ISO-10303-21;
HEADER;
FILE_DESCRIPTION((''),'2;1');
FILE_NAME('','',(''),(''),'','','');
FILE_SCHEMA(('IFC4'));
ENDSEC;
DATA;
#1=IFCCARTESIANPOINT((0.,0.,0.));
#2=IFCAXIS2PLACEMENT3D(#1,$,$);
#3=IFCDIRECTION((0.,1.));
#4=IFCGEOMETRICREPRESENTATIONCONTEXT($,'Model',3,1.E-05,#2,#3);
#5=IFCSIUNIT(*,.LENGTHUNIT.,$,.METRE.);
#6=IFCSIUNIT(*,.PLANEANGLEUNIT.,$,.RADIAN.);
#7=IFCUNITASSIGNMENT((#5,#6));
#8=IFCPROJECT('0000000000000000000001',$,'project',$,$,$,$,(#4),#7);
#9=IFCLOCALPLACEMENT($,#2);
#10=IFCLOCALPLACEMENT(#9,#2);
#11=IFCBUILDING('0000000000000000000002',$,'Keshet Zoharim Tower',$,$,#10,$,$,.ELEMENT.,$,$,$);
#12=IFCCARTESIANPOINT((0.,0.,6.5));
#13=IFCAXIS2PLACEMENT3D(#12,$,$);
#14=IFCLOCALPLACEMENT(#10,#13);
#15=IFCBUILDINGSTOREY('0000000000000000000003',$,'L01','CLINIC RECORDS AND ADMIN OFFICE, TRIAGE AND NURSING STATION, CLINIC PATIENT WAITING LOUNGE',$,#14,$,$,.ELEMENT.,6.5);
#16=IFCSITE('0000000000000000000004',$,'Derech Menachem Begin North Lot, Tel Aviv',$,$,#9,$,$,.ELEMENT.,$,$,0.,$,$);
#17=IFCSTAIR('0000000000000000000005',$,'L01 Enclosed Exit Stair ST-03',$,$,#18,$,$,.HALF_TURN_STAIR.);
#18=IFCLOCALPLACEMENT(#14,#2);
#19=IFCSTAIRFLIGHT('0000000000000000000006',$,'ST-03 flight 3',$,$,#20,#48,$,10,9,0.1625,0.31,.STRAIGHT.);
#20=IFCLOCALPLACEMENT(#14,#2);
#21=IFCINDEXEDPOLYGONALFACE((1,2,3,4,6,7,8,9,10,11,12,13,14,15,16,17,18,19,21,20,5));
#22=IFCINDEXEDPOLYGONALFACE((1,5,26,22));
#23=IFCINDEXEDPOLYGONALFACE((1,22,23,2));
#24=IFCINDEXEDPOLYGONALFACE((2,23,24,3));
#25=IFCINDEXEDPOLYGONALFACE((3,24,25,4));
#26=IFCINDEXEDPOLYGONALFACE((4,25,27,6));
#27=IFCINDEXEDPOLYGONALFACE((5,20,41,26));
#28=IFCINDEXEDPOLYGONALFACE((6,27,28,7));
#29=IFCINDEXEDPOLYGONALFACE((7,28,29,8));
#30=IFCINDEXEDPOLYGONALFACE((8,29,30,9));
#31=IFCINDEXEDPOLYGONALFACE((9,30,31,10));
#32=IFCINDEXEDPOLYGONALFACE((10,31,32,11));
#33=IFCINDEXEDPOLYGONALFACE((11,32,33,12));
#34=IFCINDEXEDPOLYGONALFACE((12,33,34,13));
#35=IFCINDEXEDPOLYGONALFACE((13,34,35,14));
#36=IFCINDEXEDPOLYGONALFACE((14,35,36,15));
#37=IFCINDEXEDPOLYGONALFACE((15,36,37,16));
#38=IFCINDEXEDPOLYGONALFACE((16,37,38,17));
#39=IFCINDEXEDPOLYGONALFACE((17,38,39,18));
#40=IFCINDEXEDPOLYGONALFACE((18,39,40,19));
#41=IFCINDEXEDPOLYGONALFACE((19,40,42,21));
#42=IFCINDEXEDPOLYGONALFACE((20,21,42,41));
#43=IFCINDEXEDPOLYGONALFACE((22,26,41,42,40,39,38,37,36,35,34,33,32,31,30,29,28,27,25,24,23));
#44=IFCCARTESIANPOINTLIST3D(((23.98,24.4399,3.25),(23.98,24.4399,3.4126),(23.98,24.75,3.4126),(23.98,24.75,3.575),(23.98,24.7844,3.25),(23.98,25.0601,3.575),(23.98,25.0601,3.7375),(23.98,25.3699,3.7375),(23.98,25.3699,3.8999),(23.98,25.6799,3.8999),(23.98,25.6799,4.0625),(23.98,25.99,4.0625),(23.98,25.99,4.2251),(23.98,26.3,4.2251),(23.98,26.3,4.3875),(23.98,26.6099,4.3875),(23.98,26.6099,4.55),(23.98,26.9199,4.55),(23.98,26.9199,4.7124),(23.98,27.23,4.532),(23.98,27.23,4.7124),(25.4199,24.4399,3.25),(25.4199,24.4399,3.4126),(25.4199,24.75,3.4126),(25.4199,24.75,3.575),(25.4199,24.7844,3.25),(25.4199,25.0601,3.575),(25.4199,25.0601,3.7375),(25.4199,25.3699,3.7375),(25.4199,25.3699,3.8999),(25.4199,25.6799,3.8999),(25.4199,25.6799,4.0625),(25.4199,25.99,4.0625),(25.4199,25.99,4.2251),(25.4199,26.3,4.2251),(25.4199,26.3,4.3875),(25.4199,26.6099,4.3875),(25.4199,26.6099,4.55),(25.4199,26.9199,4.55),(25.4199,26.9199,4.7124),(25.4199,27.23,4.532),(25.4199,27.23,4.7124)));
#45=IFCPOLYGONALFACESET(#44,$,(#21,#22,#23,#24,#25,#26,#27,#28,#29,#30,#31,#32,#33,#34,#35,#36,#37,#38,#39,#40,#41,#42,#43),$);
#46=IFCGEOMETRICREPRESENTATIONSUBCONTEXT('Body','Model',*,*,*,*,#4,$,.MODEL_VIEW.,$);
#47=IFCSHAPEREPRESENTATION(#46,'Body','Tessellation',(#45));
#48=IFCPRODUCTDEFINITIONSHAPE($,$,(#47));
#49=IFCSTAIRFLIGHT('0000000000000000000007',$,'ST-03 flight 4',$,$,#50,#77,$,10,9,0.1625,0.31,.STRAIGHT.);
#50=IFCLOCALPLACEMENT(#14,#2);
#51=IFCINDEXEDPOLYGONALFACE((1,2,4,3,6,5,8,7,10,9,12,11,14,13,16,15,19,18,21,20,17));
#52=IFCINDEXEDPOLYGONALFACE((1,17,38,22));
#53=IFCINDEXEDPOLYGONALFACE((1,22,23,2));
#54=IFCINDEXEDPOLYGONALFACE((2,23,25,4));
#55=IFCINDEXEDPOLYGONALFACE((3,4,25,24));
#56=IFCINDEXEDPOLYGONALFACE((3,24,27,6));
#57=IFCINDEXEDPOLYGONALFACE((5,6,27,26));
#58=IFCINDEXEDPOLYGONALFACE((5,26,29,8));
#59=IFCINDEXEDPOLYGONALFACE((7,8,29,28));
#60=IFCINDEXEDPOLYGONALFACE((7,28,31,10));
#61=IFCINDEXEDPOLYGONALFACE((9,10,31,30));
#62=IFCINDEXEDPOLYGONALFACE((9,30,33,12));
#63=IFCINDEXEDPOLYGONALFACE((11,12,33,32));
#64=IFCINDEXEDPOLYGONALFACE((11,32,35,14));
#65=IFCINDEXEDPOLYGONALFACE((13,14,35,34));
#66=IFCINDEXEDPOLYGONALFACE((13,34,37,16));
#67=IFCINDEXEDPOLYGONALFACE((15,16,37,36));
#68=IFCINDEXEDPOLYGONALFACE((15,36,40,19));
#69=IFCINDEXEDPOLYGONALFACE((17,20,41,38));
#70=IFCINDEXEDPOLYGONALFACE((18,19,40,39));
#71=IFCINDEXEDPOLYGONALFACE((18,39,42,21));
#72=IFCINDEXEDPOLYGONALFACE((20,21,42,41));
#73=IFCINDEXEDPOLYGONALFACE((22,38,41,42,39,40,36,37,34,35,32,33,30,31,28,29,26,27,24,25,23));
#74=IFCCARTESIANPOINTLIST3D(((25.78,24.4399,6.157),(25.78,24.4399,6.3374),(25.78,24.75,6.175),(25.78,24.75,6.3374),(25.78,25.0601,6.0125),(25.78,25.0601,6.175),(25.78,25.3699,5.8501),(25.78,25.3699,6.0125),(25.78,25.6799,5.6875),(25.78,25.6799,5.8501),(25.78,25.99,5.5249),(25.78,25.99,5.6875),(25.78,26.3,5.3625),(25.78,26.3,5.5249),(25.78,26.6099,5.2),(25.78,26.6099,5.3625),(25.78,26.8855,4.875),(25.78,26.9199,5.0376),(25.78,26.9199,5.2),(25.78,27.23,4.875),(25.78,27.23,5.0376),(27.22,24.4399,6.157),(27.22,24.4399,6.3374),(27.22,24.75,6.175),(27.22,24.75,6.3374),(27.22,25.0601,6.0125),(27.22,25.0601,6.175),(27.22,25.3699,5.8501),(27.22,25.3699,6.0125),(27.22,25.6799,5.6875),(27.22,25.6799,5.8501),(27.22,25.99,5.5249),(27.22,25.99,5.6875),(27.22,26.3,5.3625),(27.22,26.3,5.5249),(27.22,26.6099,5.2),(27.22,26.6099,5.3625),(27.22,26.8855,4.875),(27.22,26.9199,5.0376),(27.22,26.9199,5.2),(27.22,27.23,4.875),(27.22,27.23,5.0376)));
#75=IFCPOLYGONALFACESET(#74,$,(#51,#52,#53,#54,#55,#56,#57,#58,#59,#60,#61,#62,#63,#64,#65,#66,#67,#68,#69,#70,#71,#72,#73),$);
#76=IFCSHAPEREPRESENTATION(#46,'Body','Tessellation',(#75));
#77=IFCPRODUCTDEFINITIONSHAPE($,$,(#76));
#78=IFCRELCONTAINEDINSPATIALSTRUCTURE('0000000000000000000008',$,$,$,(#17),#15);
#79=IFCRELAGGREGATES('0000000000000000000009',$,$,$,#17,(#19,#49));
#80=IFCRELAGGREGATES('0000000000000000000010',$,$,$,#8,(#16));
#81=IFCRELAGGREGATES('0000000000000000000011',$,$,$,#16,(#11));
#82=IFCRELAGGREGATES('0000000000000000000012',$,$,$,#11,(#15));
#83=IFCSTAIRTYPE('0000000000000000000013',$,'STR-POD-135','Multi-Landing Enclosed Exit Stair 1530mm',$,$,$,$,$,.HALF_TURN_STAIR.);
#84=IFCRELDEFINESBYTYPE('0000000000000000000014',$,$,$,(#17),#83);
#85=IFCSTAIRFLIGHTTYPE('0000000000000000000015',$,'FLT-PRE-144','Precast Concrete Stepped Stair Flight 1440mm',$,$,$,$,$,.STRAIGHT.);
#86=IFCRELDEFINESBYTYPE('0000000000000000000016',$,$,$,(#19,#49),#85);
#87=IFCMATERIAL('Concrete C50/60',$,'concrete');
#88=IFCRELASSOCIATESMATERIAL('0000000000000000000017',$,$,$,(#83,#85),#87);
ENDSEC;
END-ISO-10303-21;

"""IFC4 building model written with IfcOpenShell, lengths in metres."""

from ifc_helpers import new_model, si_unit, direction, frame, origin, place, context, subcontext, project, spatial, polyline, outline, extrude, material, type_object, element, aggregate, save


model = new_model("IFC4")

# Units and contexts
model_context = context("Model", 3, precision=1e-05, world=origin(), true_north=direction((0.0, 1.0)))
body_context = subcontext(model_context, "Body", "Model", "MODEL_VIEW")
ifc_project = project(units=[si_unit("LENGTHUNIT", "METRE"), si_unit("PLANEANGLEUNIT", "RADIAN")], contexts=[model_context])

# Site, building, storey
site_placement = place(None, origin())
site = spatial("IfcSite", under=ifc_project, at=site_placement, Name="Derech Menachem Begin North Lot, Tel Aviv", CompositionType="ELEMENT", RefElevation=0.0)
building_placement = place(site_placement, origin())
building = spatial("IfcBuilding", under=site, at=building_placement, Name="Keshet Zoharim Tower", CompositionType="ELEMENT")
storey_placement = place(building_placement, frame((0.0, 0.0, 6.5)))
storey = spatial("IfcBuildingStorey", under=building, at=storey_placement, Name="L01", Description="CLINIC RECORDS AND ADMIN OFFICE, TRIAGE AND NURSING STATION, CLINIC PATIENT WAITING LOUNGE", CompositionType="ELEMENT", Elevation=6.5)

# Stair, stair flights
ifc_material_1 = material(Name="Concrete C50/60", Category="concrete")
stair_type = type_object("IfcStairType", Name="STR-POD-135", Description="Multi-Landing Enclosed Exit Stair 1530mm", PredefinedType="HALF_TURN_STAIR", material=ifc_material_1)
stair_placement = place(storey_placement, origin())
stair = element("IfcStair", 1, at=stair_placement, inside=storey, type_object=stair_type, Name="L01 Enclosed Exit Stair ST-03", PredefinedType="HALF_TURN_STAIR")
stair_flight_type = type_object("IfcStairFlightType", Name="FLT-PRE-144", Description="Precast Concrete Stepped Stair Flight 1440mm", PredefinedType="STRAIGHT", material=ifc_material_1)
stair_flight_1_placement = place(storey_placement, frame((24.7, 24.4399, 3.25), z_axis=(0.0, 0.0, 1.0), x_axis=(0.0, 1.0, 0.0)))
stair_flight_1 = element("IfcStairFlight", 2, at=stair_flight_1_placement, type_object=stair_flight_type, Name="ST-03 flight 3", NumberOfRisers=10, NumberOfTreads=9, PredefinedType="STRAIGHT", RiserHeight=0.1625, TreadLength=0.31, context=body_context, shape_type="SweptSolid", body=[
    extrude(outline(polyline([(0.0, 0.0), (0.0, 0.1626), (0.3101, 0.1626), (0.3101, 0.325), (0.6201, 0.325), (0.6201, 0.4875), (0.9299, 0.4875), (0.9299, 0.6499), (1.24, 0.6499), (1.24, 0.8125), (1.55, 0.8125), (1.55, 0.9751), (1.8601, 0.9751), (1.8601, 1.1375), (2.1699, 1.1375), (2.1699, 1.3), (2.48, 1.3), (2.48, 1.4624), (2.79, 1.4624), (2.79, 1.625), (2.79, 1.282), (0.3445, 0.0), (0.0, 0.0)])), frame((0.0, 0.72, 0.0), z_axis=(0.0, -1.0, 0.0), x_axis=(1.0, 0.0, 0.0)), (0.0, 0.0, 1.0), 1.4399),
])
stair_flight_2_placement = place(storey_placement, frame((26.5, 27.23, 4.875), z_axis=(0.0, 0.0, 1.0), x_axis=(0.0, -1.0, 0.0)))
stair_flight_2 = element("IfcStairFlight", 3, at=stair_flight_2_placement, type_object=stair_flight_type, Name="ST-03 flight 4", NumberOfRisers=10, NumberOfTreads=9, PredefinedType="STRAIGHT", RiserHeight=0.1625, TreadLength=0.31, context=body_context, shape_type="SweptSolid", body=[
    extrude(outline(polyline([(0.0, 0.0), (0.0, 0.1626), (0.3101, 0.1626), (0.3101, 0.325), (0.6201, 0.325), (0.6201, 0.4875), (0.9299, 0.4875), (0.9299, 0.6499), (1.24, 0.6499), (1.24, 0.8125), (1.55, 0.8125), (1.55, 0.9751), (1.8601, 0.9751), (1.8601, 1.1375), (2.1699, 1.1375), (2.1699, 1.3), (2.48, 1.3), (2.48, 1.4624), (2.79, 1.4624), (2.79, 1.625), (2.79, 1.282), (0.3445, 0.0), (0.0, 0.0)])), frame((0.0, 0.72, 0.0), z_axis=(0.0, -1.0, 0.0), x_axis=(1.0, 0.0, 0.0)), (0.0, 0.0, 1.0), 1.4399),
])
aggregate(stair, [stair_flight_1, stair_flight_2])

save(model, "model.ifc")
